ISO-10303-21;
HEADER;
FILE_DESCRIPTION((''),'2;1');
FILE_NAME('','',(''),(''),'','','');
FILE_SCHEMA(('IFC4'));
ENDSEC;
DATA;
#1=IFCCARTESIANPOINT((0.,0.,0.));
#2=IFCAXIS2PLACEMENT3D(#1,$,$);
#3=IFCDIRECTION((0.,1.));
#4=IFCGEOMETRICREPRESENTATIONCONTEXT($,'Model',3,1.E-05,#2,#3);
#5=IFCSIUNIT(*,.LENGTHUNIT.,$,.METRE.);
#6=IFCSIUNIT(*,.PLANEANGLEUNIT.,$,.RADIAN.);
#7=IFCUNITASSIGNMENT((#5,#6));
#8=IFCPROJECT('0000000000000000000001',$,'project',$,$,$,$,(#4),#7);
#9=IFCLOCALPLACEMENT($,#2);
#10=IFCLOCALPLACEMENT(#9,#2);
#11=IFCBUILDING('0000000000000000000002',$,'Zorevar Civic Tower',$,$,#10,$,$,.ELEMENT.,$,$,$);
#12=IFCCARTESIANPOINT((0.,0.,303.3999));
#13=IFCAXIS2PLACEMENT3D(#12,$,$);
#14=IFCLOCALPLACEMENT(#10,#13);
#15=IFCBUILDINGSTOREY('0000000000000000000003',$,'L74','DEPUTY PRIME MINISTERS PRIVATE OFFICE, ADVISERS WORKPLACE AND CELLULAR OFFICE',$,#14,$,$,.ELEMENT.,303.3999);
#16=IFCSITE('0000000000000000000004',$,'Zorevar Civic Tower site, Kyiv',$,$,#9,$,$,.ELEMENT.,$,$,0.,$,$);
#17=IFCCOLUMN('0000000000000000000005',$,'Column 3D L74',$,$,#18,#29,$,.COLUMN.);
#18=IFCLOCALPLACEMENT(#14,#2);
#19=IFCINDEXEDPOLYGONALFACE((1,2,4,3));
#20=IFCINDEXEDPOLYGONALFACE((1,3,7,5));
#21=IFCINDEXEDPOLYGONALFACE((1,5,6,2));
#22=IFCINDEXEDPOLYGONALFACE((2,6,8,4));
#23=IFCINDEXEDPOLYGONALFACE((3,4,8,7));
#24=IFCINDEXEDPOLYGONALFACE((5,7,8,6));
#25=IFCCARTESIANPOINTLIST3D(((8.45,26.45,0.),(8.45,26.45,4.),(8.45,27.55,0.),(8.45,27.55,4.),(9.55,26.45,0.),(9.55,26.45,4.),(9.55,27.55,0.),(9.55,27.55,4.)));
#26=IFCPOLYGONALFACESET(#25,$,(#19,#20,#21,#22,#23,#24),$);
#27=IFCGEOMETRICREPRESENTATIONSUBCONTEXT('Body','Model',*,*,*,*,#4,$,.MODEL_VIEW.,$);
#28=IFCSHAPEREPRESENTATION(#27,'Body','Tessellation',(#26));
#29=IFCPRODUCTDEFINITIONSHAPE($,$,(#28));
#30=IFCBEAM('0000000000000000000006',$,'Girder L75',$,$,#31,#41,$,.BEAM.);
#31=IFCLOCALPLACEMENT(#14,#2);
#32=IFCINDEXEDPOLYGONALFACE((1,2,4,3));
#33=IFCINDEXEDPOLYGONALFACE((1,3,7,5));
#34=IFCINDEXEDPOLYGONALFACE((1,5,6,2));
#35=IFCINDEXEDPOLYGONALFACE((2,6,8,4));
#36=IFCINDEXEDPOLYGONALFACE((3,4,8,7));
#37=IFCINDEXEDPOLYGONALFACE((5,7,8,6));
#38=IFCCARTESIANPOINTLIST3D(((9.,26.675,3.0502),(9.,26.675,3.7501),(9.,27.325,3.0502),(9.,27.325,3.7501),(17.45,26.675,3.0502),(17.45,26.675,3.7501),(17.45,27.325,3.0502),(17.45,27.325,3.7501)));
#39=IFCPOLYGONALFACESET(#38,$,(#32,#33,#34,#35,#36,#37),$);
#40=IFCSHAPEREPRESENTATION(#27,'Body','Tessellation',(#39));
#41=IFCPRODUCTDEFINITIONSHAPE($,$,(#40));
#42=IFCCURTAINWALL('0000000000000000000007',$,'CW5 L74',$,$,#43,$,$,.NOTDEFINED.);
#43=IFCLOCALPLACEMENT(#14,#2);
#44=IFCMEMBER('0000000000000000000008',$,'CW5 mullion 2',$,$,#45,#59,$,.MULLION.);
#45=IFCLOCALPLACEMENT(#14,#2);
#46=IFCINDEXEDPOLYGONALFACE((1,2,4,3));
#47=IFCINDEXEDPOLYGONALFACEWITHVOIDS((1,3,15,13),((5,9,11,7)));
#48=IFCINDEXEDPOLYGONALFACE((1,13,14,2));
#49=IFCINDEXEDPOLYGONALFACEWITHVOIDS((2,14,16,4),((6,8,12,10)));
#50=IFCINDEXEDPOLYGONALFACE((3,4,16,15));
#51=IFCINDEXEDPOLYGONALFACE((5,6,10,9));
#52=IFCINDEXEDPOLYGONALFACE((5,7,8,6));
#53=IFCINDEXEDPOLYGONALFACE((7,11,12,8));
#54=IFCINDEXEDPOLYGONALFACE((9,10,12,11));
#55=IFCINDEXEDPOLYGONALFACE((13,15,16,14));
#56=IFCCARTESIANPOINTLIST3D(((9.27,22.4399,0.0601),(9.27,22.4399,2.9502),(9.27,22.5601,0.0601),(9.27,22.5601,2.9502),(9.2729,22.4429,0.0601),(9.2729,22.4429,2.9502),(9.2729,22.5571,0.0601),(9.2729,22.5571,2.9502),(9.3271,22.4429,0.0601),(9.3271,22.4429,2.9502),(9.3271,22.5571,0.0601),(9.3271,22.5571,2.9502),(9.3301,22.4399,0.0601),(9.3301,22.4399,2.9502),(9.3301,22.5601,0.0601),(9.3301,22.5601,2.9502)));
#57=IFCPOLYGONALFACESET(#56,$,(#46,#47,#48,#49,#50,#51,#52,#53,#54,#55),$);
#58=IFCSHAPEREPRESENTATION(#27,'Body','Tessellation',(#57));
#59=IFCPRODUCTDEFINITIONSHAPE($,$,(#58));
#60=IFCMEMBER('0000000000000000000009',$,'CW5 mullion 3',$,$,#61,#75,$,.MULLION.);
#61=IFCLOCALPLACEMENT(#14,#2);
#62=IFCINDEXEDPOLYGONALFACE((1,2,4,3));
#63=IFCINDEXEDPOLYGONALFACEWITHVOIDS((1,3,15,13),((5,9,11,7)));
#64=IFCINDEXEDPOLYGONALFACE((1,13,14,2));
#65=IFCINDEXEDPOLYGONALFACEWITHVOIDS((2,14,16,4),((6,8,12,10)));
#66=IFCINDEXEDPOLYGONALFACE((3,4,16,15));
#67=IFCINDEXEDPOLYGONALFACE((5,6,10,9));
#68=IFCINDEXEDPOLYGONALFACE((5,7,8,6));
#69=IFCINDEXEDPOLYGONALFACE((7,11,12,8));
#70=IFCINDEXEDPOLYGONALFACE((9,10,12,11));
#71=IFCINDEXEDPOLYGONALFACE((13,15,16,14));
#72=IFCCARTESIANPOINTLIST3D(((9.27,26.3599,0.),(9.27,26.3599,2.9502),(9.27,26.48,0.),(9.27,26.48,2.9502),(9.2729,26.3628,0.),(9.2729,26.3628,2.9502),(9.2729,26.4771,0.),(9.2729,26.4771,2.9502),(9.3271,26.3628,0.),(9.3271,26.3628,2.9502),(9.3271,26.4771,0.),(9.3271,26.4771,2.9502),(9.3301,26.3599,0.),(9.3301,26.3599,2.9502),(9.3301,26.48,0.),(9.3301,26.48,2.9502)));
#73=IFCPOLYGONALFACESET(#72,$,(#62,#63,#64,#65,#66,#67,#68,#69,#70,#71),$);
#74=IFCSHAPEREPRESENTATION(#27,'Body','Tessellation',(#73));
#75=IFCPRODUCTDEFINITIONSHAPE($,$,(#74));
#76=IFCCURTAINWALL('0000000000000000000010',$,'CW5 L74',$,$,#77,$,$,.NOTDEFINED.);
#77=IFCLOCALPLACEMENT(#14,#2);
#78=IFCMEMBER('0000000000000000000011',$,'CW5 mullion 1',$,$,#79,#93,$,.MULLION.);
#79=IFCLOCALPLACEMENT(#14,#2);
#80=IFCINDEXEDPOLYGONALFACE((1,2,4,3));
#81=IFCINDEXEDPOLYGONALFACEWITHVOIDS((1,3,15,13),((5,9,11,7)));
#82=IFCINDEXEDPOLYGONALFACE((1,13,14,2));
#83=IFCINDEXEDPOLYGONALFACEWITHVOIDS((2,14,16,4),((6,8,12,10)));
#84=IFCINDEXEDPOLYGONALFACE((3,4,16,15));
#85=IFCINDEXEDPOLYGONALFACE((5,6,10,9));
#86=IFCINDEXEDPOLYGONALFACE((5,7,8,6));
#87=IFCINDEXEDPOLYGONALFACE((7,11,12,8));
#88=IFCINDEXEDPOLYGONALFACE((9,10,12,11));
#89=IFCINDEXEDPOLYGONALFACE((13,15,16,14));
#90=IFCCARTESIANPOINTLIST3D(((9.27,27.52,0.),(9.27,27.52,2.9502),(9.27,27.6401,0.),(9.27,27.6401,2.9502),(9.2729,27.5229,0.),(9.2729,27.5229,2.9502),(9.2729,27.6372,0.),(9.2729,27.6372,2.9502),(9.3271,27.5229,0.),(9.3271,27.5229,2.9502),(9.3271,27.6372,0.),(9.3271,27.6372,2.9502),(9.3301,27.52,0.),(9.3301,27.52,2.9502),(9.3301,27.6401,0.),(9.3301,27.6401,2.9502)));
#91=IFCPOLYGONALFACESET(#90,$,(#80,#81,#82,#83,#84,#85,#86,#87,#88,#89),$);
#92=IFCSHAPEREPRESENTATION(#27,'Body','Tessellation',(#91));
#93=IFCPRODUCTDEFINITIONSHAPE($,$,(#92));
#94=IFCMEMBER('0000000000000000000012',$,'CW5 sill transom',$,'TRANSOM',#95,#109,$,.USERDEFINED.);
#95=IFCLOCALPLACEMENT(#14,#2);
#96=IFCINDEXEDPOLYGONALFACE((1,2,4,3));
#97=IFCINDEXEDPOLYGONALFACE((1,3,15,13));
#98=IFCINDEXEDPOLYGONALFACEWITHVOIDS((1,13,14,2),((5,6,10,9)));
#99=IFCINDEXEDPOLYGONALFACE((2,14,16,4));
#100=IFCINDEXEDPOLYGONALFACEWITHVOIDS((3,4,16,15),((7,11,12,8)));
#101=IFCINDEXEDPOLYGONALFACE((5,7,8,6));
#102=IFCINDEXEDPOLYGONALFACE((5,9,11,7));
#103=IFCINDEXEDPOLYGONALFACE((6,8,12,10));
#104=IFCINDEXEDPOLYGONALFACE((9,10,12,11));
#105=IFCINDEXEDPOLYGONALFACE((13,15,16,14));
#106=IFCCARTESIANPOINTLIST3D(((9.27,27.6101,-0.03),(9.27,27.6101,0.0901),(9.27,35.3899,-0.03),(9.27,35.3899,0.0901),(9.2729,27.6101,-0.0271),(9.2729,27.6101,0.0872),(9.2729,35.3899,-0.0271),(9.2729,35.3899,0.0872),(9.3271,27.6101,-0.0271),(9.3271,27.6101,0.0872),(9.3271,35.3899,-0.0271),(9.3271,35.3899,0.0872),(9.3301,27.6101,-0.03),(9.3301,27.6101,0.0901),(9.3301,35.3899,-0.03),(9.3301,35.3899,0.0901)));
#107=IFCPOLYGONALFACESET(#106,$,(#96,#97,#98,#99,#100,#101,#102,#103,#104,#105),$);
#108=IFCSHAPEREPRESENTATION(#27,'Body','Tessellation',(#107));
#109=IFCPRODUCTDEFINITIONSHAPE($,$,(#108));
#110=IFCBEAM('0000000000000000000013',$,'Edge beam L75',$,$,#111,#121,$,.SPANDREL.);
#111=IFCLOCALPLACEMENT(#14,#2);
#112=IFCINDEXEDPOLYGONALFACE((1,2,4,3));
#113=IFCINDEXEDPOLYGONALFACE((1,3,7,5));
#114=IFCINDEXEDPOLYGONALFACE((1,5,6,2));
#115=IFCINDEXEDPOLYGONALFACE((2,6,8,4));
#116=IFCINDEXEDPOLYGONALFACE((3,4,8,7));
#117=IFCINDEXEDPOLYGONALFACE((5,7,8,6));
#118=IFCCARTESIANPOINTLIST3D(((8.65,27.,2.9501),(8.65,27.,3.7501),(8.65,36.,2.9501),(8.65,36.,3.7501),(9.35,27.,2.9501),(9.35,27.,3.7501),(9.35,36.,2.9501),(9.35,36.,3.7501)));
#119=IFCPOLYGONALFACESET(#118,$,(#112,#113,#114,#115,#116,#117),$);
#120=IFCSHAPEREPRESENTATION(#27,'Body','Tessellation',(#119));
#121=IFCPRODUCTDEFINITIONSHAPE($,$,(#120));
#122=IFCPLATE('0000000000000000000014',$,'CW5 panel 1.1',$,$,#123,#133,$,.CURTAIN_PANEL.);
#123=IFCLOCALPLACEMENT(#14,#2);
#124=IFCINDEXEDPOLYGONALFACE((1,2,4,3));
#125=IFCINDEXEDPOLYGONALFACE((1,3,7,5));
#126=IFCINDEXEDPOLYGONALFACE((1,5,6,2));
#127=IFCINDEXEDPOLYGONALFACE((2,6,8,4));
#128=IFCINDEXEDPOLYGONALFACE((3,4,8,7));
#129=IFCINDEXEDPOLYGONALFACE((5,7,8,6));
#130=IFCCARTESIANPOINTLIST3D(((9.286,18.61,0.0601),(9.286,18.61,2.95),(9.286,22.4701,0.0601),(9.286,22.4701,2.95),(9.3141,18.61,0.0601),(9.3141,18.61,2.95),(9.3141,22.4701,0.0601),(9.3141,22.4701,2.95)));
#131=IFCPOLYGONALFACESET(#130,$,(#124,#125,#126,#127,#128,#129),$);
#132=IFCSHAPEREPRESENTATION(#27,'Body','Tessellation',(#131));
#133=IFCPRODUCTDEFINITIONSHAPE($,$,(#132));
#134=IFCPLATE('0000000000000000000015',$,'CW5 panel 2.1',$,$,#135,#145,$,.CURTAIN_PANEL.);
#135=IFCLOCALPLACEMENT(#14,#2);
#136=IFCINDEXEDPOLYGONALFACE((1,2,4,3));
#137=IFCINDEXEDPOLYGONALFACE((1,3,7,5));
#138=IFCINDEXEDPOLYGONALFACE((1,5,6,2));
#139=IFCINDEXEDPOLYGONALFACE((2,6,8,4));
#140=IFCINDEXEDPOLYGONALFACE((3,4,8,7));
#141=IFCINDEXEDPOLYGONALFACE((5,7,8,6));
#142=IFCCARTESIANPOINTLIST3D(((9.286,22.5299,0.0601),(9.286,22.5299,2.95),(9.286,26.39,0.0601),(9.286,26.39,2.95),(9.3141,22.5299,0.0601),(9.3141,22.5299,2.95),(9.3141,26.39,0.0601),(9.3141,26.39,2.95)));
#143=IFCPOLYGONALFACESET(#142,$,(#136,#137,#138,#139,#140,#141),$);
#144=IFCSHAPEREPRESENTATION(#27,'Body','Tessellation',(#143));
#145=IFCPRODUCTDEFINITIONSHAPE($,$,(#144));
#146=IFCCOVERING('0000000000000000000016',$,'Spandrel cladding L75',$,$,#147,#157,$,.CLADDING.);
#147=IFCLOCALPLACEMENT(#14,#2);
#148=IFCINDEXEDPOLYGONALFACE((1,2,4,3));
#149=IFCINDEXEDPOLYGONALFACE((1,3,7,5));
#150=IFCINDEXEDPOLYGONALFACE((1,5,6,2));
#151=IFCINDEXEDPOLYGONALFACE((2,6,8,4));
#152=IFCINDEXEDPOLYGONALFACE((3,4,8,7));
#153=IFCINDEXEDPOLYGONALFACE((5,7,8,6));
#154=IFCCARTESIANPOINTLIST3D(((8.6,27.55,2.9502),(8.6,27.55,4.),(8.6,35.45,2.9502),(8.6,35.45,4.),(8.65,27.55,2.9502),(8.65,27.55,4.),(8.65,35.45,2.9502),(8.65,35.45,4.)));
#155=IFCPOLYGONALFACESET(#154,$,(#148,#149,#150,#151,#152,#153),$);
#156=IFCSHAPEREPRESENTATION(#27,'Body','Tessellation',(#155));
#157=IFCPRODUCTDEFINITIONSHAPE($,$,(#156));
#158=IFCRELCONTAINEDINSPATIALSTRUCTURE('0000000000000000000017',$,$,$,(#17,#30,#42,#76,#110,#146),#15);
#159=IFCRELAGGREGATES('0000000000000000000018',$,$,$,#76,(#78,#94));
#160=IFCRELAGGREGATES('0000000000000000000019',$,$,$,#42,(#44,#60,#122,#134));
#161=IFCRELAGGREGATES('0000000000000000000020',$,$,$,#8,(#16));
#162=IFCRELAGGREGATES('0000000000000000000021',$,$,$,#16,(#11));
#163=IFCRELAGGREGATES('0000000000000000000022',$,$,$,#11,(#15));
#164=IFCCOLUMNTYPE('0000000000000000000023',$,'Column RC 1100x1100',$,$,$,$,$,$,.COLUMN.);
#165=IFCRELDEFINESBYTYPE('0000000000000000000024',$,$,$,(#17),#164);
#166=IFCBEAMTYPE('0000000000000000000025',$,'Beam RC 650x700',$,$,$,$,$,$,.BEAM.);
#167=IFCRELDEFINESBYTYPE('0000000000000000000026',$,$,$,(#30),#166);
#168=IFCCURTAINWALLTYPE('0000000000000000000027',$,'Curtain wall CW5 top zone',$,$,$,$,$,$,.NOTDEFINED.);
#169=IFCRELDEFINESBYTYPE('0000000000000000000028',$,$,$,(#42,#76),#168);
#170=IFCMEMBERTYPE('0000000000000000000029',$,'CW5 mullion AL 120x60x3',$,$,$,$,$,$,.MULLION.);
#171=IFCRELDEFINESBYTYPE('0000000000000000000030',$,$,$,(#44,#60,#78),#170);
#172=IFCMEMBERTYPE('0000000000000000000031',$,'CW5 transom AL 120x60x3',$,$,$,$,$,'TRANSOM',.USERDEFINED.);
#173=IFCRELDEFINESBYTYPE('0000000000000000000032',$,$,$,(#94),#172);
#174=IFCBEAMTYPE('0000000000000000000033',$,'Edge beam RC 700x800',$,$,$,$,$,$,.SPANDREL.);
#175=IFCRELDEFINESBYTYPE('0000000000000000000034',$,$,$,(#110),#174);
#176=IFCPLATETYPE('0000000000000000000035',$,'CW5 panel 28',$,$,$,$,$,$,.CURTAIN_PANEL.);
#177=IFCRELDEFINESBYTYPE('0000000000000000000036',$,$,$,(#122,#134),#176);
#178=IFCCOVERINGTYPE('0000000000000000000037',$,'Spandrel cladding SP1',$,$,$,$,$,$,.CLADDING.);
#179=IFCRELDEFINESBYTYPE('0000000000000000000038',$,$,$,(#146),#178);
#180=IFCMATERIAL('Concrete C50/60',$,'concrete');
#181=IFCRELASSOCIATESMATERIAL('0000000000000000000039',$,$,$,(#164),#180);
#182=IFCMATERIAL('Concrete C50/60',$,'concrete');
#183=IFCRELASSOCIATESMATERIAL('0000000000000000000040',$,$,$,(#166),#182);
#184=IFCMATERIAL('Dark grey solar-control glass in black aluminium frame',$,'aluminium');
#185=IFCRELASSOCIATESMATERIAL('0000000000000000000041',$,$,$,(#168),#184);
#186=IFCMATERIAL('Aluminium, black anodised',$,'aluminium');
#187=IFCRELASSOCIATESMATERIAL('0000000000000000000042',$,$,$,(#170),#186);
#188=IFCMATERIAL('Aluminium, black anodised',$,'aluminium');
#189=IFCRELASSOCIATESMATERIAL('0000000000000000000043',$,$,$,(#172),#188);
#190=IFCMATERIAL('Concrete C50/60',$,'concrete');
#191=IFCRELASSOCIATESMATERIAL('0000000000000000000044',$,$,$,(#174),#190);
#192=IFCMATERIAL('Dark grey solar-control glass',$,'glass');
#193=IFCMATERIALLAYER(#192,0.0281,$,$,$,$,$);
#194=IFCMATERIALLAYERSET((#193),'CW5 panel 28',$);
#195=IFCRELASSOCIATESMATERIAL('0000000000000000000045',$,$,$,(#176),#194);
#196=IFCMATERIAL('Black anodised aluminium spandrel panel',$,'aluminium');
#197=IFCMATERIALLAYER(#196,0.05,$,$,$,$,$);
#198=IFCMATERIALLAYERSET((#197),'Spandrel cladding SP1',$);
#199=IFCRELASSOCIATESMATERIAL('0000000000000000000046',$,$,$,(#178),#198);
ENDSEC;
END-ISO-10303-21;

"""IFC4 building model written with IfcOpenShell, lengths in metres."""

from ifc_helpers import new_model, si_unit, direction, frame, frame_2d, origin, origin_2d, place, context, subcontext, project, spatial, rectangle, hollow_rectangle, extrude, material, layer, layer_set, material_profile, profile_set, type_object, element, aggregate, save


model = new_model("IFC4")

# Units and contexts
model_context = context("Model", 3, precision=1e-05, world=origin(), true_north=direction((0.0, 1.0)))
body_context = subcontext(model_context, "Body", "Model", "MODEL_VIEW")
ifc_project = project(units=[si_unit("LENGTHUNIT", "METRE"), si_unit("PLANEANGLEUNIT", "RADIAN")], contexts=[model_context])

# Site, building, storey
site_placement = place(None, origin())
site = spatial("IfcSite", under=ifc_project, at=site_placement, Name="Zorevar Civic Tower site, Kyiv", CompositionType="ELEMENT", RefElevation=0.0)
building_placement = place(site_placement, origin())
building = spatial("IfcBuilding", under=site, at=building_placement, Name="Zorevar Civic Tower", CompositionType="ELEMENT")
storey_placement = place(building_placement, frame((0.0, 0.0, 303.3999)))
storey = spatial("IfcBuildingStorey", under=building, at=storey_placement, Name="L74", Description="DEPUTY PRIME MINISTERS PRIVATE OFFICE, ADVISERS WORKPLACE AND CELLULAR OFFICE", CompositionType="ELEMENT", Elevation=303.3999)

# Column
ifc_material_1 = material(Name="Concrete C50/60", Category="concrete")
ifc_material_profile_1 = material_profile(ifc_material_1, rectangle(XDim=1.1001, YDim=1.1001, at=origin_2d()), Name="RC 1100x1100")
ifc_profile_set_1 = profile_set([ifc_material_profile_1], Name="Concrete C50/60")
column_type = type_object("IfcColumnType", Name="Column RC 1100x1100", PredefinedType="COLUMN", material=ifc_profile_set_1)
column_placement = place(storey_placement, frame((9.0, 27.0, 0.0), z_axis=(0.0, 0.0, 1.0), x_axis=(1.0, 0.0, 0.0)))
element("IfcColumn", 1, at=column_placement, inside=storey, type_object=column_type, Name="Column 3D L74", PredefinedType="COLUMN", context=body_context, shape_type="SweptSolid", body=[
    extrude(rectangle(XDim=1.1001, YDim=1.1001, at=origin_2d()), origin(), (0.0, 0.0, 1.0), 4.0),
])

# Beam
ifc_material_2 = material(Name="Concrete C50/60", Category="concrete")
ifc_material_profile_2 = material_profile(ifc_material_2, rectangle(XDim=0.6499, YDim=0.7, at=origin_2d()), Name="RC 650x700")
ifc_profile_set_2 = profile_set([ifc_material_profile_2], Name="Concrete C50/60")
beam_type_1 = type_object("IfcBeamType", Name="Beam RC 650x700", PredefinedType="BEAM", material=ifc_profile_set_2)
beam_1_placement = place(storey_placement, frame((9.0, 27.0, 3.4001), z_axis=(1.0, 0.0, 0.0), x_axis=(0.0, 1.0, 0.0)))
element("IfcBeam", 2, at=beam_1_placement, inside=storey, type_object=beam_type_1, Name="Girder L75", PredefinedType="BEAM", context=body_context, shape_type="SweptSolid", body=[
    extrude(rectangle(XDim=0.6499, YDim=0.7, at=origin_2d()), origin(), (0.0, 0.0, 1.0), 8.45),
])

# Curtain walls, members
ifc_material_3 = material(Name="Dark grey solar-control glass in black aluminium frame", Category="aluminium")
curtain_wall_type = type_object("IfcCurtainWallType", Name="Curtain wall CW5 top zone", PredefinedType="NOTDEFINED", material=ifc_material_3)
curtain_wall_1_placement = place(storey_placement, origin())
curtain_wall_1 = element("IfcCurtainWall", 3, at=curtain_wall_1_placement, inside=storey, type_object=curtain_wall_type, Name="CW5 L74", PredefinedType="NOTDEFINED")
ifc_material_4 = material(Name="Aluminium, black anodised", Category="aluminium")
ifc_material_profile_3 = material_profile(ifc_material_4, hollow_rectangle(XDim=0.0601, YDim=0.1201, WallThickness=0.0029, at=origin_2d()), Name="AL 120x60x3")
ifc_profile_set_3 = profile_set([ifc_material_profile_3], Name="Aluminium, black anodised")
member_type_1 = type_object("IfcMemberType", Name="CW5 mullion AL 120x60x3", PredefinedType="MULLION", material=ifc_profile_set_3)
member_1_placement = place(storey_placement, frame((9.3, 22.5, 0.0601), z_axis=(0.0, 0.0, 1.0), x_axis=(-1.0, 0.0, 0.0)))
member_1 = element("IfcMember", 4, at=member_1_placement, type_object=member_type_1, Name="CW5 mullion 2", PredefinedType="MULLION", context=body_context, shape_type="SweptSolid", body=[
    extrude(hollow_rectangle(XDim=0.0601, YDim=0.1201, WallThickness=0.0029, at=origin_2d()), origin(), (0.0, 0.0, 1.0), 2.8901),
])
member_2_placement = place(storey_placement, frame((9.3, 26.4199, 0.0), z_axis=(0.0, 0.0, 1.0), x_axis=(-1.0, 0.0, 0.0)))
member_2 = element("IfcMember", 5, at=member_2_placement, type_object=member_type_1, Name="CW5 mullion 3", PredefinedType="MULLION", context=body_context, shape_type="SweptSolid", body=[
    extrude(hollow_rectangle(XDim=0.0601, YDim=0.1201, WallThickness=0.0029, at=origin_2d()), origin(), (0.0, 0.0, 1.0), 2.9502),
])
curtain_wall_2_placement = place(storey_placement, origin())
curtain_wall_2 = element("IfcCurtainWall", 6, at=curtain_wall_2_placement, inside=storey, type_object=curtain_wall_type, Name="CW5 L74", PredefinedType="NOTDEFINED")
member_3_placement = place(storey_placement, frame((9.3, 27.5801, 0.0), z_axis=(0.0, 0.0, 1.0), x_axis=(-1.0, 0.0, 0.0)))
member_3 = element("IfcMember", 7, at=member_3_placement, type_object=member_type_1, Name="CW5 mullion 1", PredefinedType="MULLION", context=body_context, shape_type="SweptSolid", body=[
    extrude(hollow_rectangle(XDim=0.0601, YDim=0.1201, WallThickness=0.0029, at=origin_2d()), origin(), (0.0, 0.0, 1.0), 2.9502),
])
ifc_material_5 = material(Name="Aluminium, black anodised", Category="aluminium")
ifc_material_profile_4 = material_profile(ifc_material_5, hollow_rectangle(XDim=0.0601, YDim=0.1201, WallThickness=0.0029, at=origin_2d()), Name="AL 120x60x3")
ifc_profile_set_4 = profile_set([ifc_material_profile_4], Name="Aluminium, black anodised")
member_type_2 = type_object("IfcMemberType", Name="CW5 transom AL 120x60x3", ElementType="TRANSOM", PredefinedType="USERDEFINED", material=ifc_profile_set_4)
member_4_placement = place(storey_placement, frame((9.3, 27.6101, 0.03), z_axis=(0.0, 1.0, 0.0), x_axis=(-1.0, 0.0, 0.0)))
member_4 = element("IfcMember", 8, at=member_4_placement, type_object=member_type_2, Name="CW5 sill transom", ObjectType="TRANSOM", PredefinedType="USERDEFINED", context=body_context, shape_type="SweptSolid", body=[
    extrude(hollow_rectangle(XDim=0.0601, YDim=0.1201, WallThickness=0.0029, at=origin_2d()), origin(), (0.0, 0.0, 1.0), 7.7798),
])
aggregate(curtain_wall_2, [member_3, member_4])

# Beam
ifc_material_6 = material(Name="Concrete C50/60", Category="concrete")
ifc_material_profile_5 = material_profile(ifc_material_6, rectangle(XDim=0.7, YDim=0.8, at=origin_2d()), Name="RC 700x800")
ifc_profile_set_5 = profile_set([ifc_material_profile_5], Name="Concrete C50/60")
beam_type_2 = type_object("IfcBeamType", Name="Edge beam RC 700x800", PredefinedType="SPANDREL", material=ifc_profile_set_5)
beam_2_placement = place(storey_placement, frame((9.0, 27.0, 3.3501), z_axis=(0.0, 1.0, 0.0), x_axis=(-1.0, 0.0, 0.0)))
element("IfcBeam", 9, at=beam_2_placement, inside=storey, type_object=beam_type_2, Name="Edge beam L75", PredefinedType="SPANDREL", context=body_context, shape_type="SweptSolid", body=[
    extrude(rectangle(XDim=0.7, YDim=0.8, at=origin_2d()), origin(), (0.0, 0.0, 1.0), 9.0),
])

# Plates
ifc_material_7 = material(Name="Dark grey solar-control glass", Category="glass")
ifc_layer_1 = layer(ifc_material_7, 0.0281)
ifc_layer_set_1 = layer_set([ifc_layer_1], Name="CW5 panel 28")
plate_type = type_object("IfcPlateType", Name="CW5 panel 28", PredefinedType="CURTAIN_PANEL", material=ifc_layer_set_1)
plate_1_placement = place(storey_placement, frame((9.3, 20.54, 0.0601), z_axis=(0.0, 0.0, 1.0), x_axis=(0.0, 1.0, 0.0)))
plate_1 = element("IfcPlate", 10, at=plate_1_placement, type_object=plate_type, Name="CW5 panel 1.1", PredefinedType="CURTAIN_PANEL", context=body_context, shape_type="SweptSolid", body=[
    extrude(rectangle(XDim=3.8601, YDim=0.0281, at=origin_2d()), origin(), (0.0, 0.0, 1.0), 2.8899),
])
plate_2_placement = place(storey_placement, frame((9.3, 24.46, 0.0601), z_axis=(0.0, 0.0, 1.0), x_axis=(0.0, 1.0, 0.0)))
plate_2 = element("IfcPlate", 11, at=plate_2_placement, type_object=plate_type, Name="CW5 panel 2.1", PredefinedType="CURTAIN_PANEL", context=body_context, shape_type="SweptSolid", body=[
    extrude(rectangle(XDim=3.8601, YDim=0.0281, at=origin_2d()), origin(), (0.0, 0.0, 1.0), 2.8899),
])
aggregate(curtain_wall_1, [member_1, member_2, plate_1, plate_2])

# Covering
ifc_material_8 = material(Name="Black anodised aluminium spandrel panel", Category="aluminium")
ifc_layer_2 = layer(ifc_material_8, 0.05)
ifc_layer_set_2 = layer_set([ifc_layer_2], Name="Spandrel cladding SP1")
covering_type = type_object("IfcCoveringType", Name="Spandrel cladding SP1", PredefinedType="CLADDING", material=ifc_layer_set_2)
covering_placement = place(storey_placement, frame((8.625, 27.55, 2.9502), z_axis=(0.0, 0.0, 1.0), x_axis=(0.0, 1.0, 0.0)))
element("IfcCovering", 12, at=covering_placement, inside=storey, type_object=covering_type, Name="Spandrel cladding L75", PredefinedType="CLADDING", context=body_context, shape_type="SweptSolid", body=[
    extrude(rectangle(XDim=7.8999, YDim=0.05, at=frame_2d((3.95, 0.0))), origin(), (0.0, 0.0, 1.0), 1.0498),
])

save(model, "model.ifc")
